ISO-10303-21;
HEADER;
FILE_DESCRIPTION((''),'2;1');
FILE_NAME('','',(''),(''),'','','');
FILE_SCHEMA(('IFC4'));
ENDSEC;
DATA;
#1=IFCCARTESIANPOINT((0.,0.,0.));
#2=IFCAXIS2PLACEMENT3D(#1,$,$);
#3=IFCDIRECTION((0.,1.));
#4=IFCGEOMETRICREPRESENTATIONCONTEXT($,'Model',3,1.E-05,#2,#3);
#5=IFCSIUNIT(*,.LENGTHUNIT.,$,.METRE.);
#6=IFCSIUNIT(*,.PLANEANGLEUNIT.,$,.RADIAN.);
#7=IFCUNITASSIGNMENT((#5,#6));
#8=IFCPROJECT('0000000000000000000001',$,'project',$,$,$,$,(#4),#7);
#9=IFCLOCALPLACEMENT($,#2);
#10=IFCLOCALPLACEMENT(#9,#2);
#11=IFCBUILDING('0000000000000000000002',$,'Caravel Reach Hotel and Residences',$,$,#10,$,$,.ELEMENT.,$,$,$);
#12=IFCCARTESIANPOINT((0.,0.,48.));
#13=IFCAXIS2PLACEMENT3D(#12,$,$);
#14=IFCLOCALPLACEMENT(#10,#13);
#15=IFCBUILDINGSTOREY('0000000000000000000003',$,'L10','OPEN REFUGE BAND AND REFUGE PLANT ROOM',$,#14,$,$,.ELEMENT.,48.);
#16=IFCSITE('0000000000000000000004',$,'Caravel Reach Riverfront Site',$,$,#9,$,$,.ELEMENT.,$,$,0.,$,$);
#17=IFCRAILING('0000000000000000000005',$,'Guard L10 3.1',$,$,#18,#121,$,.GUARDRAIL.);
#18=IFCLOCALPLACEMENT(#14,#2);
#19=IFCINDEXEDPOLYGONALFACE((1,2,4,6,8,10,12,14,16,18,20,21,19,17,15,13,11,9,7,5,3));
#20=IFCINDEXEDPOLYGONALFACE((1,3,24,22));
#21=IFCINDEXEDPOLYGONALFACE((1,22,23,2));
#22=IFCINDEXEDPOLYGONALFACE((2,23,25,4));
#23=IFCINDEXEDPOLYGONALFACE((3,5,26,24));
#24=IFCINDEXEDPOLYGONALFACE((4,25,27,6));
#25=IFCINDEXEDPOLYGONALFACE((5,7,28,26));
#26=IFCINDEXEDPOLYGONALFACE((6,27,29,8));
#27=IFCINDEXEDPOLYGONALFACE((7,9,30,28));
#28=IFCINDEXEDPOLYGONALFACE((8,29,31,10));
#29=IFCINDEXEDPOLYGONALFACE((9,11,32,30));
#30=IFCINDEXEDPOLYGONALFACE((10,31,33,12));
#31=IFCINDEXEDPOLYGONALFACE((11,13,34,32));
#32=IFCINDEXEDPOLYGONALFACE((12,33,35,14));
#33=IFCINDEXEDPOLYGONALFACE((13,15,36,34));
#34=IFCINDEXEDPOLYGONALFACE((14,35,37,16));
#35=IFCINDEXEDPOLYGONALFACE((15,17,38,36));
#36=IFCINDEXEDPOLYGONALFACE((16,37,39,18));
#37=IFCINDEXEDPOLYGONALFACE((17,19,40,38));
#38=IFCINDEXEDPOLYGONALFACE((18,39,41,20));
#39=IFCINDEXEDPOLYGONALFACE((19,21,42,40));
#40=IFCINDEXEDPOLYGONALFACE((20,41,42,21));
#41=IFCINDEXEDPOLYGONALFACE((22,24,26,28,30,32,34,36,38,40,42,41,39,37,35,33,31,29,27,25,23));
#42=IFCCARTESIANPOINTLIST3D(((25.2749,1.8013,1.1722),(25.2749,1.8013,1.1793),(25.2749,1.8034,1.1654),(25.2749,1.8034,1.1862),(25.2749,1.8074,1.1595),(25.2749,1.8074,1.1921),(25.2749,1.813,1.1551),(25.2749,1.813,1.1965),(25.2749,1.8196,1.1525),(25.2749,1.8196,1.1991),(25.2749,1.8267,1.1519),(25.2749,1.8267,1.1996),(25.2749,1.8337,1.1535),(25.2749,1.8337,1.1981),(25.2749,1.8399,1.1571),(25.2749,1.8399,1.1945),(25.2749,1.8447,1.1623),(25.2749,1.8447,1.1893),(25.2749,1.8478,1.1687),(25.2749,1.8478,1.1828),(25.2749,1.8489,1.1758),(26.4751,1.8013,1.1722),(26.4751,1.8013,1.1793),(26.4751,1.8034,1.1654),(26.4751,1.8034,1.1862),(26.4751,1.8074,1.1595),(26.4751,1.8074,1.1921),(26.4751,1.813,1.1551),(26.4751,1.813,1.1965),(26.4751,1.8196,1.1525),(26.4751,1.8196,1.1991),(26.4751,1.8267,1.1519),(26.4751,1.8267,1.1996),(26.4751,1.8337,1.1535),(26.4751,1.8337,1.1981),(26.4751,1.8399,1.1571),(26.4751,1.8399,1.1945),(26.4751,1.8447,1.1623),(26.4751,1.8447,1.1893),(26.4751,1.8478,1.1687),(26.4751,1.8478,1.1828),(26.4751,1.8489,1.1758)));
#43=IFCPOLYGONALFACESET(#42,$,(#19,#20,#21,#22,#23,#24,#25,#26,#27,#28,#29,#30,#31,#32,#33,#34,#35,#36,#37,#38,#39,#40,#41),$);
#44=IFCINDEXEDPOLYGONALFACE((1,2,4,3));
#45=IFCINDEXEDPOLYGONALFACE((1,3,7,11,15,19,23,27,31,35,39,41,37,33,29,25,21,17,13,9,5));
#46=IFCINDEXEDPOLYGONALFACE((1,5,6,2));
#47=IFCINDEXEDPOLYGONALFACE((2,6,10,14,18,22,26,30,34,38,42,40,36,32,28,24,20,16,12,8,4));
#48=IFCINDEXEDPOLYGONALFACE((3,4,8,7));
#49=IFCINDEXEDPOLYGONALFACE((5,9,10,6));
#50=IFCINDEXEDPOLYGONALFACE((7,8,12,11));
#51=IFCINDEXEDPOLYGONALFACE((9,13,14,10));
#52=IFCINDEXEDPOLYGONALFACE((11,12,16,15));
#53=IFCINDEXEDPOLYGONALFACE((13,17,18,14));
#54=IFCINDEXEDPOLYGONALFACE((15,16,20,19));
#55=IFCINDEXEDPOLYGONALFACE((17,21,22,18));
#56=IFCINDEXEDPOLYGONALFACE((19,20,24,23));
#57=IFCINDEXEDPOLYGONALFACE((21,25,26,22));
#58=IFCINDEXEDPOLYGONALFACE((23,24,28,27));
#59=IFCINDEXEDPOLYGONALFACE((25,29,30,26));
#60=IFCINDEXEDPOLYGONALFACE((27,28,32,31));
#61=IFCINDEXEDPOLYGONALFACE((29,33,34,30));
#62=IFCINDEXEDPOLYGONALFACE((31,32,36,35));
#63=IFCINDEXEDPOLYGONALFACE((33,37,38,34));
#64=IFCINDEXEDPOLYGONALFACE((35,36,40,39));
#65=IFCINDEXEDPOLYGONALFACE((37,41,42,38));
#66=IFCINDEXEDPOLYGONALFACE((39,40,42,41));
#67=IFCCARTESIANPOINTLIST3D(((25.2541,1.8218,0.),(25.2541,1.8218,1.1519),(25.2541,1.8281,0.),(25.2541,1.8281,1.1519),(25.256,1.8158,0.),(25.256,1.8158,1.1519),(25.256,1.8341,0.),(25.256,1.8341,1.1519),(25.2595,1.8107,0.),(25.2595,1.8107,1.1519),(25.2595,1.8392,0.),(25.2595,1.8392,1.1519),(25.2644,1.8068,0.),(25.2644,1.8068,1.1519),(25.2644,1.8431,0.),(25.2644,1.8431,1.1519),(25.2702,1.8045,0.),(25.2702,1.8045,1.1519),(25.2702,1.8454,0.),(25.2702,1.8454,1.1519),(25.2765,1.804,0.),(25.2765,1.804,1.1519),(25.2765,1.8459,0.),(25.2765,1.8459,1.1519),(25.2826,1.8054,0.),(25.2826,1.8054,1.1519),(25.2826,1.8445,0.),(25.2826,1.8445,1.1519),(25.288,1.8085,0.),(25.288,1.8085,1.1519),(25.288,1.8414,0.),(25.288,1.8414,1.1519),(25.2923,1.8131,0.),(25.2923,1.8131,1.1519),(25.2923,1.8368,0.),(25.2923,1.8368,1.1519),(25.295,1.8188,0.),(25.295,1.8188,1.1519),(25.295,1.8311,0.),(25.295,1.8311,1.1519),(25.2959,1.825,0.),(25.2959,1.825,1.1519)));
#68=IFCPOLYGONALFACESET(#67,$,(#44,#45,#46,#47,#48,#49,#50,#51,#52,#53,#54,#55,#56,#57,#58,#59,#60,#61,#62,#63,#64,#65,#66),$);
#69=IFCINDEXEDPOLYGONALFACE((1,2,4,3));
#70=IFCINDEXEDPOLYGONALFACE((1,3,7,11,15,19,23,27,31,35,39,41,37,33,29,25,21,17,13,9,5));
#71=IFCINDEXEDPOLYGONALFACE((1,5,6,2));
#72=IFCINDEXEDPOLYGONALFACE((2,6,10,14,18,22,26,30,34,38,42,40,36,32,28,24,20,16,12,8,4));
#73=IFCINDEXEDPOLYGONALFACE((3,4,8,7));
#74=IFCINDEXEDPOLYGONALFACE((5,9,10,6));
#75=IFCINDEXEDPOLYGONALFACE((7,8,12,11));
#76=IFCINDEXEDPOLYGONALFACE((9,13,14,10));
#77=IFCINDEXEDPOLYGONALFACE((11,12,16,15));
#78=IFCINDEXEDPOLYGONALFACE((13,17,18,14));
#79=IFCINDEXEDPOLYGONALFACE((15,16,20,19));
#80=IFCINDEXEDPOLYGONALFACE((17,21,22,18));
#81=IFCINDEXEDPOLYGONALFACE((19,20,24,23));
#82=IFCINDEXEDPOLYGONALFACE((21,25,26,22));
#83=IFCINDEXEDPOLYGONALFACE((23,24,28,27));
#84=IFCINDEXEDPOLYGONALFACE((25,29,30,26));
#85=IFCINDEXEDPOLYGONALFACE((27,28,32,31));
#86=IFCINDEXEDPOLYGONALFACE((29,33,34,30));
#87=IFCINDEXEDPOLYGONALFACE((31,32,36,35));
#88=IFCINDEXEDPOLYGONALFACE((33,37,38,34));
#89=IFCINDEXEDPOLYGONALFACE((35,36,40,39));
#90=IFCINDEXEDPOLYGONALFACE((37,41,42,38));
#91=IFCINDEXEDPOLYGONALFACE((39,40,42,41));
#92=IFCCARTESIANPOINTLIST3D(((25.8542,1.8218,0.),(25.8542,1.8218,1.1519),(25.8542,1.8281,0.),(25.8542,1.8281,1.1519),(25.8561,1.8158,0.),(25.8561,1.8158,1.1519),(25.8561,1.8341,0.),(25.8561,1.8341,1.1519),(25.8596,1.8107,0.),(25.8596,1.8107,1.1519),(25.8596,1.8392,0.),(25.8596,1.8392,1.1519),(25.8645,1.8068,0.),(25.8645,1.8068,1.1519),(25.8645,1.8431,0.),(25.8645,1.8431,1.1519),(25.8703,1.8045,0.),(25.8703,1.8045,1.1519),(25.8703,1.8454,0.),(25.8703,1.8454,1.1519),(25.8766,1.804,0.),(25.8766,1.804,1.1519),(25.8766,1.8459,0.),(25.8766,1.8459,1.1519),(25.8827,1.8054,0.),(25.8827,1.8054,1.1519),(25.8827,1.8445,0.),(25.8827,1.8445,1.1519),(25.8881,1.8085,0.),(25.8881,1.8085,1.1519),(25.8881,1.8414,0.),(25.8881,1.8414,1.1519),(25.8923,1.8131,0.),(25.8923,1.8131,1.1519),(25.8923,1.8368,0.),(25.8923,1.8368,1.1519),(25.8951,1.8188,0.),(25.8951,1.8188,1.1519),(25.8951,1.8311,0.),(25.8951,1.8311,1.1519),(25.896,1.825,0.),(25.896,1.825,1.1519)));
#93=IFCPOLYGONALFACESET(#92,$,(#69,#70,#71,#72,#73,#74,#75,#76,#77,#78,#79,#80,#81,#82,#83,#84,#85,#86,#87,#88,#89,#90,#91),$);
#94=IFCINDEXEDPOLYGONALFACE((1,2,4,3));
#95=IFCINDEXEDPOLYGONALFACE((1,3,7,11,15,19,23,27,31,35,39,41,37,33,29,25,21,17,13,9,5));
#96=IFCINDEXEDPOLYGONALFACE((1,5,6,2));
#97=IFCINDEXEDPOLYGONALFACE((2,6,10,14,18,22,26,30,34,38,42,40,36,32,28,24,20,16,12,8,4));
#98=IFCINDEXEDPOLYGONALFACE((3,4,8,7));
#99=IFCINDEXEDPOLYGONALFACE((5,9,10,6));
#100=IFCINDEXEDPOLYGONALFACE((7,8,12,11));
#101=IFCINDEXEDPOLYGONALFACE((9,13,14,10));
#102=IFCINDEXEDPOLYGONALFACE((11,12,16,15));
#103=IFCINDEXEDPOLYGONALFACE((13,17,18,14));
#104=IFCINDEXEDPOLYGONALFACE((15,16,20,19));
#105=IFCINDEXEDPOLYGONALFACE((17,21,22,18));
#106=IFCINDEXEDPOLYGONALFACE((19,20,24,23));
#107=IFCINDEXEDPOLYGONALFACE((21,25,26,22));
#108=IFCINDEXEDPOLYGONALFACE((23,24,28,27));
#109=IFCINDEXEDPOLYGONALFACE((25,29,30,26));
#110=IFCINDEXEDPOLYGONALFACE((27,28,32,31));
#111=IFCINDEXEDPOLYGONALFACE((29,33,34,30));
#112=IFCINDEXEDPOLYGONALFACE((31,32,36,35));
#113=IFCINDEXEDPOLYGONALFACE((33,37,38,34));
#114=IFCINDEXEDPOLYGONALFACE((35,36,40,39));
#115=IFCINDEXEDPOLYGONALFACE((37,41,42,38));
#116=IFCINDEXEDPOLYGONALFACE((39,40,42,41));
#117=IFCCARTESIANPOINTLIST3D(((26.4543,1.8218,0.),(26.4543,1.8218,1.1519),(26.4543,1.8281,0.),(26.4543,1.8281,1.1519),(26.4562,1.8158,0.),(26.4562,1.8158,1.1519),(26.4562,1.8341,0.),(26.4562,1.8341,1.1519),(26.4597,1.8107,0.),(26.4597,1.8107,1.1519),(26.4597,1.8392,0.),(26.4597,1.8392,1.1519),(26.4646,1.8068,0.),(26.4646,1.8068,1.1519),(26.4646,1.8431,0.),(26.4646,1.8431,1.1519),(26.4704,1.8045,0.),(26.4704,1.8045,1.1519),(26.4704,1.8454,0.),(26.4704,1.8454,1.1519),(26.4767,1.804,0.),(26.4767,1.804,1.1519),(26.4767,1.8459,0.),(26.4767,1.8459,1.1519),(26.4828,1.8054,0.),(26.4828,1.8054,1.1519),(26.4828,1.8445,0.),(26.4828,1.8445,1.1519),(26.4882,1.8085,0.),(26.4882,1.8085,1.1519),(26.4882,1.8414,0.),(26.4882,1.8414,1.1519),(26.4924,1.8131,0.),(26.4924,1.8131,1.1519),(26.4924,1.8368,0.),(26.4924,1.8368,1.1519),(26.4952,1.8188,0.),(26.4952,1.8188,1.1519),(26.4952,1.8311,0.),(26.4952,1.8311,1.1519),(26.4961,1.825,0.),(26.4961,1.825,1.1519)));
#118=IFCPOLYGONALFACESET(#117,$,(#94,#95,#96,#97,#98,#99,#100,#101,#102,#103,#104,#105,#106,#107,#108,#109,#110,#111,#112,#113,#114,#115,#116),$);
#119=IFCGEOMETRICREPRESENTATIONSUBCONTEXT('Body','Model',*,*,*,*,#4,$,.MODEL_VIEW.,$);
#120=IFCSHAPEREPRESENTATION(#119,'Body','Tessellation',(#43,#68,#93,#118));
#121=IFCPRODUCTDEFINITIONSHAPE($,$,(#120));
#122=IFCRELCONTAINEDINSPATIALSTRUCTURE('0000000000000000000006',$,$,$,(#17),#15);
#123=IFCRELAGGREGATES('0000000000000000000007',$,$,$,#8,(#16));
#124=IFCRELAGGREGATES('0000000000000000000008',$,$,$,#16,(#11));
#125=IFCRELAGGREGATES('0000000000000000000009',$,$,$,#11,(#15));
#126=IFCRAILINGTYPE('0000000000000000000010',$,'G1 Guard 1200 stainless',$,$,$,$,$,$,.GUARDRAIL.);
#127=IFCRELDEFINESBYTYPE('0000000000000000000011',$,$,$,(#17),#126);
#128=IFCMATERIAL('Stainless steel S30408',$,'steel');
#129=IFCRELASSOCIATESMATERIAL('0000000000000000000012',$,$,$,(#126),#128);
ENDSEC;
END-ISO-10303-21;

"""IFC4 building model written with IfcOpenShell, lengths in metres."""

from ifc_helpers import new_model, si_unit, direction, frame, origin, origin_2d, place, context, subcontext, project, spatial, circle, extrude, material, type_object, element, save


model = new_model("IFC4")

# Units and contexts
model_context = context("Model", 3, precision=1e-05, world=origin(), true_north=direction((0.0, 1.0)))
body_context = subcontext(model_context, "Body", "Model", "MODEL_VIEW")
ifc_project = project(units=[si_unit("LENGTHUNIT", "METRE"), si_unit("PLANEANGLEUNIT", "RADIAN")], contexts=[model_context])

# Site, building, storey
site_placement = place(None, origin())
site = spatial("IfcSite", under=ifc_project, at=site_placement, Name="Caravel Reach Riverfront Site", CompositionType="ELEMENT", RefElevation=0.0)
building_placement = place(site_placement, origin())
building = spatial("IfcBuilding", under=site, at=building_placement, Name="Caravel Reach Hotel and Residences", CompositionType="ELEMENT")
storey_placement = place(building_placement, frame((0.0, 0.0, 48.0)))
storey = spatial("IfcBuildingStorey", under=building, at=storey_placement, Name="L10", Description="OPEN REFUGE BAND AND REFUGE PLANT ROOM", CompositionType="ELEMENT", Elevation=48.0)

# Railing
ifc_material_1 = material(Name="Stainless steel S30408", Category="steel")
railing_type = type_object("IfcRailingType", Name="G1 Guard 1200 stainless", PredefinedType="GUARDRAIL", material=ifc_material_1)
railing_1_placement = place(storey_placement, frame((25.2749, 1.825, 0.0)))
element("IfcRailing", 1, at=railing_1_placement, inside=storey, type_object=railing_type, Name="Guard L10 3.1", PredefinedType="GUARDRAIL", context=body_context, shape_type="SweptSolid", body=[
    extrude(circle(Radius=0.0239, at=origin_2d()), frame((0.0, 0.0, 1.1758), z_axis=(1.0, 0.0, 0.0), x_axis=(0.0, 1.0, 0.0)), (0.0, 0.0, 1.0), 1.2002),
    extrude(circle(Radius=0.021, at=origin_2d()), origin(), (0.0, 0.0, 1.0), 1.1519),
    extrude(circle(Radius=0.021, at=origin_2d()), frame((0.6001, 0.0, 0.0)), (0.0, 0.0, 1.0), 1.1519),
    extrude(circle(Radius=0.021, at=origin_2d()), frame((1.2002, 0.0, 0.0)), (0.0, 0.0, 1.0), 1.1519),
])

save(model, "model.ifc")
